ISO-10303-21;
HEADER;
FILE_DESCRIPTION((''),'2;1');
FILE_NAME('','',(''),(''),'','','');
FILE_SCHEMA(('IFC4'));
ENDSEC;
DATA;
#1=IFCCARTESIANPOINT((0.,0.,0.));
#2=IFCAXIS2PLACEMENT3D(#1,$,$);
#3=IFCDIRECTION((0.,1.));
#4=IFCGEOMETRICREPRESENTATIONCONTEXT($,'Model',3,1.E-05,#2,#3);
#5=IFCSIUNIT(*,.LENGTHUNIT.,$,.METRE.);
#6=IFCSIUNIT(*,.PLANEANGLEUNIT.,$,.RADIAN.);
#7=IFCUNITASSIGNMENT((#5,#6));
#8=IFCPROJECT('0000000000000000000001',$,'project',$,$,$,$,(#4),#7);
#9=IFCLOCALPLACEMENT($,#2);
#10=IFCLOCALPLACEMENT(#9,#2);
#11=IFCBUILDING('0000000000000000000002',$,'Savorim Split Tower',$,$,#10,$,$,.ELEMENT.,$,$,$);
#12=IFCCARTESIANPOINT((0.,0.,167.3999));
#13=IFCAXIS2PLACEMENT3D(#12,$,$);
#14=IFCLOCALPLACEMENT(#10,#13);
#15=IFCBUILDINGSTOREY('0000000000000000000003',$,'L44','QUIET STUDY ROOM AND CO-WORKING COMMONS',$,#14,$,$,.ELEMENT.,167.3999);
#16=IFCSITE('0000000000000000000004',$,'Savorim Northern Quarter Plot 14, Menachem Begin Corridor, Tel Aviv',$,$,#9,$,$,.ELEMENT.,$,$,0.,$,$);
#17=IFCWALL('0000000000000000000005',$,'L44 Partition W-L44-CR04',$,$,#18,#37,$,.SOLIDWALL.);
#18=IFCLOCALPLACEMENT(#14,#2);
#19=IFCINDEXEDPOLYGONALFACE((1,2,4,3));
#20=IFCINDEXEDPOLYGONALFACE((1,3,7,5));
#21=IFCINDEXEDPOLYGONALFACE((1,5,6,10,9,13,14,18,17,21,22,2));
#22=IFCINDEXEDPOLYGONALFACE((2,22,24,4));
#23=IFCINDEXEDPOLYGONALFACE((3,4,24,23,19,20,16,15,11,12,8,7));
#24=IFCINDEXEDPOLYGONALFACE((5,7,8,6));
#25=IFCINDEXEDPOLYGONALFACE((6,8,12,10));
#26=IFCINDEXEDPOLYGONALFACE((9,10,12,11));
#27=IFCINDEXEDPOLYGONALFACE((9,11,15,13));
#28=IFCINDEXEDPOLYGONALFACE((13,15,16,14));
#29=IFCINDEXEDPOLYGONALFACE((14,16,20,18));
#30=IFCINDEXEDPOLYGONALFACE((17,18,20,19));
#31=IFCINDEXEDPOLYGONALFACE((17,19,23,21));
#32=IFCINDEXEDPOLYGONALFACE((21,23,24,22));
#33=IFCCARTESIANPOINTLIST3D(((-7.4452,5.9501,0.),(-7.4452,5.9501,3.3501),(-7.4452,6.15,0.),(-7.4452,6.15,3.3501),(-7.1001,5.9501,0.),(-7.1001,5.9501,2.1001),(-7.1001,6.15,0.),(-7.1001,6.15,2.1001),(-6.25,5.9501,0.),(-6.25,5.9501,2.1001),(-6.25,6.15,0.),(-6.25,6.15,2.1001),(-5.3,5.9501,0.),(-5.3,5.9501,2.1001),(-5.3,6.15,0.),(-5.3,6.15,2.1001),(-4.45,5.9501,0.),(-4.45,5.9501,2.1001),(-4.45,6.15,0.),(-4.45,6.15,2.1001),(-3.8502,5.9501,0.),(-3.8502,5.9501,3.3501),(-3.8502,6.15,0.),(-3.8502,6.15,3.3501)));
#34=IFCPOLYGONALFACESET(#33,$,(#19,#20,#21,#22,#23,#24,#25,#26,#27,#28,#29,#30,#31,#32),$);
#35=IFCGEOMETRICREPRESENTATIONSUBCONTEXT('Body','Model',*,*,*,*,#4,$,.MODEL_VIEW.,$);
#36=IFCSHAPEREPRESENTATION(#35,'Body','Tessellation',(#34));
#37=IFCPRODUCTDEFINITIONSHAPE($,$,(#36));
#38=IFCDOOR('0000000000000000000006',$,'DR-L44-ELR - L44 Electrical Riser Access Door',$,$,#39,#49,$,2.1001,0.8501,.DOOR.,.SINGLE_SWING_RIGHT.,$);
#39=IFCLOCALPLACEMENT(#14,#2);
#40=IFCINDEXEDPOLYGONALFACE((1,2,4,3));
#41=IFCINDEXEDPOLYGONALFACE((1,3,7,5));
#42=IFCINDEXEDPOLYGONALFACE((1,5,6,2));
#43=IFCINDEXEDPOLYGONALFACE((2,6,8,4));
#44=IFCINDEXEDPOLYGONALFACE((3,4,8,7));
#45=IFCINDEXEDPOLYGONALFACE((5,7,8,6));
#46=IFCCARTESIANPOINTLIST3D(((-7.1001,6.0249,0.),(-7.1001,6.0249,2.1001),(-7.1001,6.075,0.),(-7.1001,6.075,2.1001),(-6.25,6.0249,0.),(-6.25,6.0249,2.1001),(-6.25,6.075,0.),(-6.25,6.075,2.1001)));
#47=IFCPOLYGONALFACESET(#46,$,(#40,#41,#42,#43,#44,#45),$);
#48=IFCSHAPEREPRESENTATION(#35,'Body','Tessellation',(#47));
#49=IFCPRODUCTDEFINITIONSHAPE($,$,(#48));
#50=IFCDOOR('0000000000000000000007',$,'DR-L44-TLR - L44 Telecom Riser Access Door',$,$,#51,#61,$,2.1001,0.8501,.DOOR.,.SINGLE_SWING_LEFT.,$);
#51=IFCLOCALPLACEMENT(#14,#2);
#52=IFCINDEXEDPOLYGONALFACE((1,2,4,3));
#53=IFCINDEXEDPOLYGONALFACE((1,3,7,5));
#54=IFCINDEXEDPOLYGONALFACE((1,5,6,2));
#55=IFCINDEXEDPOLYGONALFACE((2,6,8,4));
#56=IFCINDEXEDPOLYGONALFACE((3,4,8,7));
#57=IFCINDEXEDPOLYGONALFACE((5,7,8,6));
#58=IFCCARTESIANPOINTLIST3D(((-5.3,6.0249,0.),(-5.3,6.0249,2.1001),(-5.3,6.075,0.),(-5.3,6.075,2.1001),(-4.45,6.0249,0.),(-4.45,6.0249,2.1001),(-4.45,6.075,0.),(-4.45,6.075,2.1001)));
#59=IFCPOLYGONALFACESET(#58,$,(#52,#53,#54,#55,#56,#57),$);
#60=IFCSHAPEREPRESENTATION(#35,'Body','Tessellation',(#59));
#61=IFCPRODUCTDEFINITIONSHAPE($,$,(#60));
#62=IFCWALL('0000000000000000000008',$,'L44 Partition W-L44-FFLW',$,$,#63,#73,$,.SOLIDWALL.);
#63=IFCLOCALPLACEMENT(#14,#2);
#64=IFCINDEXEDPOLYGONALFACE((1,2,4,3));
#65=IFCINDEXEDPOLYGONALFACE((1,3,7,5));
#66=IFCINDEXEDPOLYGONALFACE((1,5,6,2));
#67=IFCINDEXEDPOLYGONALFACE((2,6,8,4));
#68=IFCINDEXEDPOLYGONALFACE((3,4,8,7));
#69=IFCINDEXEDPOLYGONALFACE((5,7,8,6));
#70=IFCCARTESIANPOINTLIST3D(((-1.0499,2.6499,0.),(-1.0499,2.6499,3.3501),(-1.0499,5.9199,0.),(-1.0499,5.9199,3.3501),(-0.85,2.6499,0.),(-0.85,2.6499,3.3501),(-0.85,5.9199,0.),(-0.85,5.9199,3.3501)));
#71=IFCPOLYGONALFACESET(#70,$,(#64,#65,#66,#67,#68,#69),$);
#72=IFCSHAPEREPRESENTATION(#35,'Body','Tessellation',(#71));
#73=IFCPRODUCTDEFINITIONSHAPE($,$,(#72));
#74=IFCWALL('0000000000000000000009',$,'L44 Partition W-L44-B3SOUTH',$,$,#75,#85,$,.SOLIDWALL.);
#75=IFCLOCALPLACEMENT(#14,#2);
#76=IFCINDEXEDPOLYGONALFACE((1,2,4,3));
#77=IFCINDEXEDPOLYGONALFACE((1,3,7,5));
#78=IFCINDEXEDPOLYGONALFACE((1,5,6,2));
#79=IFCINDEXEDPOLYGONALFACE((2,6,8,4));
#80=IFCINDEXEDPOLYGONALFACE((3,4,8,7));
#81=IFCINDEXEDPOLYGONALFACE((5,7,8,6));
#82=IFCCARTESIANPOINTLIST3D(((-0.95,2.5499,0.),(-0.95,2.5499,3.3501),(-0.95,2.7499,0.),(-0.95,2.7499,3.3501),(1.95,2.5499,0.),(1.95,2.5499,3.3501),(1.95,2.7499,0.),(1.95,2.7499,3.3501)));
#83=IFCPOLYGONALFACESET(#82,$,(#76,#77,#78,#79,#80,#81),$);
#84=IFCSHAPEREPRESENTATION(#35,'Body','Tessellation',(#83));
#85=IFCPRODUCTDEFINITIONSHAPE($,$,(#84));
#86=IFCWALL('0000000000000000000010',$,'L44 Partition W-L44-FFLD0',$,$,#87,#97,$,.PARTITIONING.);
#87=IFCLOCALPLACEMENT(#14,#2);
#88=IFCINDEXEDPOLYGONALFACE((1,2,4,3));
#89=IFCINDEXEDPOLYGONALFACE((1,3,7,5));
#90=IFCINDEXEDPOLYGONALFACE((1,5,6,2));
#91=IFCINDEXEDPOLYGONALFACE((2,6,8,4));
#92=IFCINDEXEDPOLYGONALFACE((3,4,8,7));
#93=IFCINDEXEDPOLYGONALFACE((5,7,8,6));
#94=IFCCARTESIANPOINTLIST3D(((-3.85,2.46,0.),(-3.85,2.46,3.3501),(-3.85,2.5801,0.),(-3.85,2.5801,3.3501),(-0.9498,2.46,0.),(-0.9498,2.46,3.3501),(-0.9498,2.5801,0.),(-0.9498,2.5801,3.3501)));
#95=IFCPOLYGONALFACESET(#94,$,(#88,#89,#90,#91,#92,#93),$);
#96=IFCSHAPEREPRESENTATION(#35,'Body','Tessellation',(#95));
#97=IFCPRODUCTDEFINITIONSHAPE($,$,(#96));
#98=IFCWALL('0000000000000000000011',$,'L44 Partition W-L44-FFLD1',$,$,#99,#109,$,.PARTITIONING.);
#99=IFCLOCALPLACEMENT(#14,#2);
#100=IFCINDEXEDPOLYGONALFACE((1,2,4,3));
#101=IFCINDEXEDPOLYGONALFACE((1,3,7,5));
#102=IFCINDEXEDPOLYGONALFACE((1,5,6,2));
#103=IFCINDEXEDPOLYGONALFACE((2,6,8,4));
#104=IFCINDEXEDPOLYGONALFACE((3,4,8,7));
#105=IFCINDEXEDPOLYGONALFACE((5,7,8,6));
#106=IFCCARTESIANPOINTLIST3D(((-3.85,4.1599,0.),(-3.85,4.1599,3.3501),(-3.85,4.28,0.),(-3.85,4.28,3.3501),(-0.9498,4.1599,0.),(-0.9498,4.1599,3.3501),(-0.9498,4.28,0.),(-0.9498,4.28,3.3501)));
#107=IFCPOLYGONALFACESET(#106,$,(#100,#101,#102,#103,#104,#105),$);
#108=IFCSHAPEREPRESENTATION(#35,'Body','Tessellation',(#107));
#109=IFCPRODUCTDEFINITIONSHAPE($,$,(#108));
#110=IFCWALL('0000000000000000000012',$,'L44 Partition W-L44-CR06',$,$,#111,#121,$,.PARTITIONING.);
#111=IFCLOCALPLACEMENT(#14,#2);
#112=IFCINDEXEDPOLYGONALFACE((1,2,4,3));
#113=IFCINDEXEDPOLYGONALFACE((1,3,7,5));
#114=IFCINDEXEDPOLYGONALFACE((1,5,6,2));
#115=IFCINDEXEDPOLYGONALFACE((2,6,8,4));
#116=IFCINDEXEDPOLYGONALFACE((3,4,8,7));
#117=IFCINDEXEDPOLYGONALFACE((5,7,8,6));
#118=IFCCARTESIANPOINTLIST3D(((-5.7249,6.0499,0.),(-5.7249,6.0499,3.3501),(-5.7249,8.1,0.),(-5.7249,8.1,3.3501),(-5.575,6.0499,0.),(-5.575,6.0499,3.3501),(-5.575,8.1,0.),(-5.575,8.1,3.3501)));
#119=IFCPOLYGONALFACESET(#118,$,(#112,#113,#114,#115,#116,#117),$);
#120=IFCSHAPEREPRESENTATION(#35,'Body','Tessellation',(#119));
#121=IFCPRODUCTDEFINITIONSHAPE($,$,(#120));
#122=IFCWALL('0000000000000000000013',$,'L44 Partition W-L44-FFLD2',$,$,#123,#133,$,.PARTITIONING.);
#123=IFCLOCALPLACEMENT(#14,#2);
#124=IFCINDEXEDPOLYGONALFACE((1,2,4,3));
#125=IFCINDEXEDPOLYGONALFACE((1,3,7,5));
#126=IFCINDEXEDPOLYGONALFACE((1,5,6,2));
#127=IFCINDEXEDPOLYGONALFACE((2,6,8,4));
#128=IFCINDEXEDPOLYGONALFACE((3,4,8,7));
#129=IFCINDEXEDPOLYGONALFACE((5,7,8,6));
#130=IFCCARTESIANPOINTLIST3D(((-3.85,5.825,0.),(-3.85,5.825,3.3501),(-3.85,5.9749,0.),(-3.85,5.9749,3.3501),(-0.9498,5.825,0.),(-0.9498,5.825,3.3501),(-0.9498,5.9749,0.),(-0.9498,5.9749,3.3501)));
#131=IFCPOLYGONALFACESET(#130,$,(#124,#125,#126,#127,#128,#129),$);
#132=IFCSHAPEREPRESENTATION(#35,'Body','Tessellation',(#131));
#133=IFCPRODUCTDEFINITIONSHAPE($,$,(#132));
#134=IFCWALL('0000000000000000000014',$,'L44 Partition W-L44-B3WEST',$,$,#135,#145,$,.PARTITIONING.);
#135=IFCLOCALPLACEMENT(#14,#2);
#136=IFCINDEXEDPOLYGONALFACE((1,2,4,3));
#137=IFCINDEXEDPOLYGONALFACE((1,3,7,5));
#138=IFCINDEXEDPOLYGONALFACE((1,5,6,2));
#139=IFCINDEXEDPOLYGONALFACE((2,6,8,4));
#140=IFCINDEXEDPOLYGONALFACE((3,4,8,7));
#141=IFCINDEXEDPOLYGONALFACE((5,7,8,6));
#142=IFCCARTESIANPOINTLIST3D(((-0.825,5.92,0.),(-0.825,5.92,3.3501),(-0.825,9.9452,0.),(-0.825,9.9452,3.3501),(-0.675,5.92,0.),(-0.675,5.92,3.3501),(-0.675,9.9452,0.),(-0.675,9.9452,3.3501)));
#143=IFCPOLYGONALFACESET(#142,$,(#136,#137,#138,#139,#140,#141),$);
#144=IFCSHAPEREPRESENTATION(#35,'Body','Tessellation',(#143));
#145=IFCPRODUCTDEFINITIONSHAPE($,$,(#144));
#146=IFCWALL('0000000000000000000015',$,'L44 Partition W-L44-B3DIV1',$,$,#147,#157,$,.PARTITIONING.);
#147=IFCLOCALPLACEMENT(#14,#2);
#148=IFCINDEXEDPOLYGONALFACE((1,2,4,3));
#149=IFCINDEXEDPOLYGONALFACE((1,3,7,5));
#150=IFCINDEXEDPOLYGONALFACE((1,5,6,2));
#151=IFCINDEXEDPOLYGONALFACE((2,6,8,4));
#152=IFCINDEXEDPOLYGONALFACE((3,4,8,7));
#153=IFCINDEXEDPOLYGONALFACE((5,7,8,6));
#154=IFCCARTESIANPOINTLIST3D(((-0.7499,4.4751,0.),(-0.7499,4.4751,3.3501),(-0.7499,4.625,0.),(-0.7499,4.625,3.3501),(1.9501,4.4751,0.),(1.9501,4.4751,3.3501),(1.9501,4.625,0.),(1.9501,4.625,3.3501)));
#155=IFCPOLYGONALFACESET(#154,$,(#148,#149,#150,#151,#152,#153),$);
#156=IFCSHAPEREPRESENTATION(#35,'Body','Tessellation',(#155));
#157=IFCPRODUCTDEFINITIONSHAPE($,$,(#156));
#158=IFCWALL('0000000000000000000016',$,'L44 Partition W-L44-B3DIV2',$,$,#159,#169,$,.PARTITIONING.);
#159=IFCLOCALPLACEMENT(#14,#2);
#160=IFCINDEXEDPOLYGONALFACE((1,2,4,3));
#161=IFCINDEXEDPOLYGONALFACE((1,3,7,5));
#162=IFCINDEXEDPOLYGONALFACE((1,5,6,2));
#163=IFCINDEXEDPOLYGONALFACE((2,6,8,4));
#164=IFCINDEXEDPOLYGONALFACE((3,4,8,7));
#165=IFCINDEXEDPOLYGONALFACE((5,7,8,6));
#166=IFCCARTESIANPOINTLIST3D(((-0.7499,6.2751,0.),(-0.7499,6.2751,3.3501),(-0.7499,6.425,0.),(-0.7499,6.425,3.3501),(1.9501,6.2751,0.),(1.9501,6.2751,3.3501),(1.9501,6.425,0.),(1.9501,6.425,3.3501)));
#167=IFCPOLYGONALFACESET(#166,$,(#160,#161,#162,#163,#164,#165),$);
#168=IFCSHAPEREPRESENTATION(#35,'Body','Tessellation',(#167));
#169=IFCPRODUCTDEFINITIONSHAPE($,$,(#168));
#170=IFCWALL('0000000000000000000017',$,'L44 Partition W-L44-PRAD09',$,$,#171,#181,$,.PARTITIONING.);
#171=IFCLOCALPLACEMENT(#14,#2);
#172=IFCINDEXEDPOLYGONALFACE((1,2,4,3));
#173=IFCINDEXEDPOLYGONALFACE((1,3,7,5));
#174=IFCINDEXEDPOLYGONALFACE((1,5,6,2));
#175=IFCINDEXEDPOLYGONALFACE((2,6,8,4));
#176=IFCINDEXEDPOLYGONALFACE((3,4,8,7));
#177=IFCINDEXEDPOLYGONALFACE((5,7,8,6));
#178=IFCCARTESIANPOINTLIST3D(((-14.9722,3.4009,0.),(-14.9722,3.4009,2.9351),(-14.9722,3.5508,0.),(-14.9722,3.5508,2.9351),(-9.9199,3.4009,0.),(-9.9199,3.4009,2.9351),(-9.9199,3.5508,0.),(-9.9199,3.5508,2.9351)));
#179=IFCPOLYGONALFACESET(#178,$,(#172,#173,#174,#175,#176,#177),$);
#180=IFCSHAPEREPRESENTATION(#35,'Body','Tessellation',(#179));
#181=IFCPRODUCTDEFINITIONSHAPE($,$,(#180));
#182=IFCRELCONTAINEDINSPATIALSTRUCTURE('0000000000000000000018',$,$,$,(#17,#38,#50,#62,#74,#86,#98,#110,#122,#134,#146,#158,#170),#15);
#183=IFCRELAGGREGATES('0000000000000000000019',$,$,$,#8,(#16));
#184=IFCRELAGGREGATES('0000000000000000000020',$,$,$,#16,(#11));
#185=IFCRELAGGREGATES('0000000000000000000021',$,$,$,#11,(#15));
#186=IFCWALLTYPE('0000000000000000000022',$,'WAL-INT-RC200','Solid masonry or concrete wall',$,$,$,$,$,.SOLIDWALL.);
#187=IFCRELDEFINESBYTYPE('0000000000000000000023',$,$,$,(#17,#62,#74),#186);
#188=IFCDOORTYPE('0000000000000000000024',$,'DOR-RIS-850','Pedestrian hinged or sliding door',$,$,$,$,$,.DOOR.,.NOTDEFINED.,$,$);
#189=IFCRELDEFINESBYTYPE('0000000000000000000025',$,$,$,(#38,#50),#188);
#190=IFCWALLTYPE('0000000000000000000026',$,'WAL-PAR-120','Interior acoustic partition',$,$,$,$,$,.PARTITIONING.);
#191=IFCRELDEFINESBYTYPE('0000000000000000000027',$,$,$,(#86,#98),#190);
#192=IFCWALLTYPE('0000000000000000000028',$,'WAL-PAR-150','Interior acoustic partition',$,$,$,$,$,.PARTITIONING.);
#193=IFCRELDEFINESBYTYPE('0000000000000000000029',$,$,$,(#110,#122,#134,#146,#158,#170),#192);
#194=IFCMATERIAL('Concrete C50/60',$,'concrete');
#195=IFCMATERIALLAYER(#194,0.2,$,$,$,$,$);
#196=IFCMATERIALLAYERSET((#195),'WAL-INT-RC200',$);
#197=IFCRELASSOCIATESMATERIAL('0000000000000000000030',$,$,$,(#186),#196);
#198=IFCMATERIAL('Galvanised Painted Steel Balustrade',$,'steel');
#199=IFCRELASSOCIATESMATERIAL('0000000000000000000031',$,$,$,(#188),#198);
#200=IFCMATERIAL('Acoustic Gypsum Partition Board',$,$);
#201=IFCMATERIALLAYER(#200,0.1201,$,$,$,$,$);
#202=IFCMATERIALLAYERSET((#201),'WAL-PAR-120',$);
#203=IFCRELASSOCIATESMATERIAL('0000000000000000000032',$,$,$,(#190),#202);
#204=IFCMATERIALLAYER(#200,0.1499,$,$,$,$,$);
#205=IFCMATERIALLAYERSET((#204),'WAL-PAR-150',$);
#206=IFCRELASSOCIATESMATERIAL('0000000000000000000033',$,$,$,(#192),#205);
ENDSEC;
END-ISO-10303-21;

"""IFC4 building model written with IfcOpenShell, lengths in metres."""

from ifc_helpers import new_model, si_unit, direction, frame, frame_2d, origin, place, context, subcontext, project, spatial, rectangle, extrude, material, layer, layer_set, type_object, element, fill, save


model = new_model("IFC4")

# Units and contexts
model_context = context("Model", 3, precision=1e-05, world=origin(), true_north=direction((0.0, 1.0)))
body_context = subcontext(model_context, "Body", "Model", "MODEL_VIEW")
ifc_project = project(units=[si_unit("LENGTHUNIT", "METRE"), si_unit("PLANEANGLEUNIT", "RADIAN")], contexts=[model_context])

# Site, building, storey
site_placement = place(None, origin())
site = spatial("IfcSite", under=ifc_project, at=site_placement, Name="Savorim Northern Quarter Plot 14, Menachem Begin Corridor, Tel Aviv", CompositionType="ELEMENT", RefElevation=0.0)
building_placement = place(site_placement, origin())
building = spatial("IfcBuilding", under=site, at=building_placement, Name="Savorim Split Tower", CompositionType="ELEMENT")
storey_placement = place(building_placement, frame((0.0, 0.0, 167.3999)))
storey = spatial("IfcBuildingStorey", under=building, at=storey_placement, Name="L44", Description="QUIET STUDY ROOM AND CO-WORKING COMMONS", CompositionType="ELEMENT", Elevation=167.3999)

# Wall, openings, doors
ifc_material_1 = material(Name="Concrete C50/60", Category="concrete")
ifc_layer_1 = layer(ifc_material_1, 0.2)
ifc_layer_set_1 = layer_set([ifc_layer_1], Name="WAL-INT-RC200")
wall_type_1 = type_object("IfcWallType", Name="WAL-INT-RC200", Description="Solid masonry or concrete wall", PredefinedType="SOLIDWALL", material=ifc_layer_set_1)
wall_1_placement = place(storey_placement, frame((-7.4451, 6.05, 0.0), z_axis=(0.0, 0.0, 1.0), x_axis=(1.0, 0.0, 0.0)))
wall_1 = element("IfcWall", 1, at=wall_1_placement, inside=storey, type_object=wall_type_1, Name="L44 Partition W-L44-CR04", PredefinedType="SOLIDWALL", context=body_context, shape_type="SweptSolid", body=[
    extrude(rectangle(XDim=3.595, YDim=0.2, at=frame_2d((1.7974, 0.0))), origin(), (0.0, 0.0, 1.0), 3.3501),
])
opening_1_placement = place(wall_1_placement, frame((0.345, 0.0, 0.0)))
opening_1 = element("IfcOpeningElement", 2, at=opening_1_placement, cuts=wall_1, PredefinedType="OPENING", context=body_context, shape_type="SweptSolid", body=[
    extrude(rectangle(XDim=0.8501, YDim=2.1001, at=frame_2d((0.425, 1.05))), frame((0.0, 0.1099, 0.0), z_axis=(0.0, -1.0, 0.0), x_axis=(1.0, 0.0, 0.0)), (0.0, 0.0, 1.0), 0.22),
])
opening_2_placement = place(wall_1_placement, frame((2.145, 0.0, 0.0)))
opening_2 = element("IfcOpeningElement", 3, at=opening_2_placement, cuts=wall_1, PredefinedType="OPENING", context=body_context, shape_type="SweptSolid", body=[
    extrude(rectangle(XDim=0.8501, YDim=2.1001, at=frame_2d((0.425, 1.05))), frame((0.0, 0.1099, 0.0), z_axis=(0.0, -1.0, 0.0), x_axis=(1.0, 0.0, 0.0)), (0.0, 0.0, 1.0), 0.22),
])
ifc_material_2 = material(Name="Galvanised Painted Steel Balustrade", Category="steel")
door_type = type_object("IfcDoorType", Name="DOR-RIS-850", Description="Pedestrian hinged or sliding door", OperationType="NOTDEFINED", PredefinedType="DOOR", material=ifc_material_2)
door_1_placement = place(opening_1_placement, origin())
door_1 = element("IfcDoor", 4, at=door_1_placement, inside=storey, type_object=door_type, Name="DR-L44-ELR - L44 Electrical Riser Access Door", OperationType="SINGLE_SWING_RIGHT", OverallHeight=2.1001, OverallWidth=0.8501, PredefinedType="DOOR", context=body_context, shape_type="SweptSolid", body=[
    extrude(rectangle(XDim=0.8501, YDim=2.1001, at=frame_2d((0.425, 1.05))), frame((0.0, 0.0249, 0.0), z_axis=(0.0, -1.0, 0.0), x_axis=(1.0, 0.0, 0.0)), (0.0, 0.0, 1.0), 0.05),
])
fill(opening_1, door_1)
door_2_placement = place(opening_2_placement, origin())
door_2 = element("IfcDoor", 5, at=door_2_placement, inside=storey, type_object=door_type, Name="DR-L44-TLR - L44 Telecom Riser Access Door", OperationType="SINGLE_SWING_LEFT", OverallHeight=2.1001, OverallWidth=0.8501, PredefinedType="DOOR", context=body_context, shape_type="SweptSolid", body=[
    extrude(rectangle(XDim=0.8501, YDim=2.1001, at=frame_2d((0.425, 1.05))), frame((0.0, 0.0249, 0.0), z_axis=(0.0, -1.0, 0.0), x_axis=(1.0, 0.0, 0.0)), (0.0, 0.0, 1.0), 0.05),
])
fill(opening_2, door_2)

# Walls
wall_2_placement = place(storey_placement, frame((-0.95, 2.6499, 0.0), z_axis=(0.0, 0.0, 1.0), x_axis=(0.0, 1.0, 0.0)))
element("IfcWall", 6, at=wall_2_placement, inside=storey, type_object=wall_type_1, Name="L44 Partition W-L44-FFLW", PredefinedType="SOLIDWALL", context=body_context, shape_type="SweptSolid", body=[
    extrude(rectangle(XDim=3.27, YDim=0.2, at=frame_2d((1.635, 0.0))), origin(), (0.0, 0.0, 1.0), 3.3501),
])
wall_3_placement = place(storey_placement, frame((-0.95, 2.6499, 0.0), z_axis=(0.0, 0.0, 1.0), x_axis=(1.0, 0.0, 0.0)))
element("IfcWall", 7, at=wall_3_placement, inside=storey, type_object=wall_type_1, Name="L44 Partition W-L44-B3SOUTH", PredefinedType="SOLIDWALL", context=body_context, shape_type="SweptSolid", body=[
    extrude(rectangle(XDim=2.8999, YDim=0.2, at=frame_2d((1.45, 0.0))), origin(), (0.0, 0.0, 1.0), 3.3501),
])
ifc_material_3 = material(Name="Acoustic Gypsum Partition Board")
ifc_layer_2 = layer(ifc_material_3, 0.1201)
ifc_layer_set_2 = layer_set([ifc_layer_2], Name="WAL-PAR-120")
wall_type_2 = type_object("IfcWallType", Name="WAL-PAR-120", Description="Interior acoustic partition", PredefinedType="PARTITIONING", material=ifc_layer_set_2)
for number, where, z_axis, x_axis, name in (
    (8, (-3.8501, 2.52, 0.0), (0.0, 0.0, 1.0), (1.0, 0.0, 0.0), "L44 Partition W-L44-FFLD0"),
    (9, (-3.8501, 4.22, 0.0), (0.0, 0.0, 1.0), (1.0, 0.0, 0.0), "L44 Partition W-L44-FFLD1"),
):
    element("IfcWall", number, at=place(storey_placement, frame(where, z_axis=z_axis, x_axis=x_axis)), inside=storey, type_object=wall_type_2, Name=name, PredefinedType="PARTITIONING", context=body_context, shape_type="SweptSolid", body=[
        extrude(rectangle(XDim=2.9001, YDim=0.1201, at=frame_2d((1.4502, 0.0))), origin(), (0.0, 0.0, 1.0), 3.3501),
    ])
ifc_layer_3 = layer(ifc_material_3, 0.1499)
ifc_layer_set_3 = layer_set([ifc_layer_3], Name="WAL-PAR-150")
wall_type_3 = type_object("IfcWallType", Name="WAL-PAR-150", Description="Interior acoustic partition", PredefinedType="PARTITIONING", material=ifc_layer_set_3)
wall_4_placement = place(storey_placement, frame((-5.6499, 6.05, 0.0), z_axis=(0.0, 0.0, 1.0), x_axis=(0.0, 1.0, 0.0)))
element("IfcWall", 10, at=wall_4_placement, inside=storey, type_object=wall_type_3, Name="L44 Partition W-L44-CR06", PredefinedType="PARTITIONING", context=body_context, shape_type="SweptSolid", body=[
    extrude(rectangle(XDim=2.05, YDim=0.1499, at=frame_2d((1.0249, 0.0))), origin(), (0.0, 0.0, 1.0), 3.3501),
])
wall_5_placement = place(storey_placement, frame((-3.8501, 5.8999, 0.0), z_axis=(0.0, 0.0, 1.0), x_axis=(1.0, 0.0, 0.0)))
element("IfcWall", 11, at=wall_5_placement, inside=storey, type_object=wall_type_3, Name="L44 Partition W-L44-FFLD2", PredefinedType="PARTITIONING", context=body_context, shape_type="SweptSolid", body=[
    extrude(rectangle(XDim=2.9001, YDim=0.1499, at=frame_2d((1.4502, 0.0))), origin(), (0.0, 0.0, 1.0), 3.3501),
])
wall_6_placement = place(storey_placement, frame((-0.75, 5.9199, 0.0), z_axis=(0.0, 0.0, 1.0), x_axis=(0.0, 1.0, 0.0)))
element("IfcWall", 12, at=wall_6_placement, inside=storey, type_object=wall_type_3, Name="L44 Partition W-L44-B3WEST", PredefinedType="PARTITIONING", context=body_context, shape_type="SweptSolid", body=[
    extrude(rectangle(XDim=4.0251, YDim=0.1499, at=frame_2d((2.0127, 0.0))), origin(), (0.0, 0.0, 1.0), 3.3501),
])
for number, where, z_axis, x_axis, name in (
    (13, (-0.75, 4.55, 0.0), (0.0, 0.0, 1.0), (1.0, 0.0, 0.0), "L44 Partition W-L44-B3DIV1"),
    (14, (-0.75, 6.3501, 0.0), (0.0, 0.0, 1.0), (1.0, 0.0, 0.0), "L44 Partition W-L44-B3DIV2"),
):
    element("IfcWall", number, at=place(storey_placement, frame(where, z_axis=z_axis, x_axis=x_axis)), inside=storey, type_object=wall_type_3, Name=name, PredefinedType="PARTITIONING", context=body_context, shape_type="SweptSolid", body=[
        extrude(rectangle(XDim=2.7, YDim=0.1499, at=frame_2d((1.3501, 0.0))), origin(), (0.0, 0.0, 1.0), 3.3501),
    ])
wall_7_placement = place(storey_placement, frame((-9.9199, 3.4758, 0.0), z_axis=(0.0, 0.0, 1.0), x_axis=(-1.0, 0.0, 0.0)))
element("IfcWall", 15, at=wall_7_placement, inside=storey, type_object=wall_type_3, Name="L44 Partition W-L44-PRAD09", PredefinedType="PARTITIONING", context=body_context, shape_type="SweptSolid", body=[
    extrude(rectangle(XDim=5.0522, YDim=0.1499, at=frame_2d((2.5261, 0.0))), origin(), (0.0, 0.0, 1.0), 2.9351),
])

save(model, "model.ifc")
